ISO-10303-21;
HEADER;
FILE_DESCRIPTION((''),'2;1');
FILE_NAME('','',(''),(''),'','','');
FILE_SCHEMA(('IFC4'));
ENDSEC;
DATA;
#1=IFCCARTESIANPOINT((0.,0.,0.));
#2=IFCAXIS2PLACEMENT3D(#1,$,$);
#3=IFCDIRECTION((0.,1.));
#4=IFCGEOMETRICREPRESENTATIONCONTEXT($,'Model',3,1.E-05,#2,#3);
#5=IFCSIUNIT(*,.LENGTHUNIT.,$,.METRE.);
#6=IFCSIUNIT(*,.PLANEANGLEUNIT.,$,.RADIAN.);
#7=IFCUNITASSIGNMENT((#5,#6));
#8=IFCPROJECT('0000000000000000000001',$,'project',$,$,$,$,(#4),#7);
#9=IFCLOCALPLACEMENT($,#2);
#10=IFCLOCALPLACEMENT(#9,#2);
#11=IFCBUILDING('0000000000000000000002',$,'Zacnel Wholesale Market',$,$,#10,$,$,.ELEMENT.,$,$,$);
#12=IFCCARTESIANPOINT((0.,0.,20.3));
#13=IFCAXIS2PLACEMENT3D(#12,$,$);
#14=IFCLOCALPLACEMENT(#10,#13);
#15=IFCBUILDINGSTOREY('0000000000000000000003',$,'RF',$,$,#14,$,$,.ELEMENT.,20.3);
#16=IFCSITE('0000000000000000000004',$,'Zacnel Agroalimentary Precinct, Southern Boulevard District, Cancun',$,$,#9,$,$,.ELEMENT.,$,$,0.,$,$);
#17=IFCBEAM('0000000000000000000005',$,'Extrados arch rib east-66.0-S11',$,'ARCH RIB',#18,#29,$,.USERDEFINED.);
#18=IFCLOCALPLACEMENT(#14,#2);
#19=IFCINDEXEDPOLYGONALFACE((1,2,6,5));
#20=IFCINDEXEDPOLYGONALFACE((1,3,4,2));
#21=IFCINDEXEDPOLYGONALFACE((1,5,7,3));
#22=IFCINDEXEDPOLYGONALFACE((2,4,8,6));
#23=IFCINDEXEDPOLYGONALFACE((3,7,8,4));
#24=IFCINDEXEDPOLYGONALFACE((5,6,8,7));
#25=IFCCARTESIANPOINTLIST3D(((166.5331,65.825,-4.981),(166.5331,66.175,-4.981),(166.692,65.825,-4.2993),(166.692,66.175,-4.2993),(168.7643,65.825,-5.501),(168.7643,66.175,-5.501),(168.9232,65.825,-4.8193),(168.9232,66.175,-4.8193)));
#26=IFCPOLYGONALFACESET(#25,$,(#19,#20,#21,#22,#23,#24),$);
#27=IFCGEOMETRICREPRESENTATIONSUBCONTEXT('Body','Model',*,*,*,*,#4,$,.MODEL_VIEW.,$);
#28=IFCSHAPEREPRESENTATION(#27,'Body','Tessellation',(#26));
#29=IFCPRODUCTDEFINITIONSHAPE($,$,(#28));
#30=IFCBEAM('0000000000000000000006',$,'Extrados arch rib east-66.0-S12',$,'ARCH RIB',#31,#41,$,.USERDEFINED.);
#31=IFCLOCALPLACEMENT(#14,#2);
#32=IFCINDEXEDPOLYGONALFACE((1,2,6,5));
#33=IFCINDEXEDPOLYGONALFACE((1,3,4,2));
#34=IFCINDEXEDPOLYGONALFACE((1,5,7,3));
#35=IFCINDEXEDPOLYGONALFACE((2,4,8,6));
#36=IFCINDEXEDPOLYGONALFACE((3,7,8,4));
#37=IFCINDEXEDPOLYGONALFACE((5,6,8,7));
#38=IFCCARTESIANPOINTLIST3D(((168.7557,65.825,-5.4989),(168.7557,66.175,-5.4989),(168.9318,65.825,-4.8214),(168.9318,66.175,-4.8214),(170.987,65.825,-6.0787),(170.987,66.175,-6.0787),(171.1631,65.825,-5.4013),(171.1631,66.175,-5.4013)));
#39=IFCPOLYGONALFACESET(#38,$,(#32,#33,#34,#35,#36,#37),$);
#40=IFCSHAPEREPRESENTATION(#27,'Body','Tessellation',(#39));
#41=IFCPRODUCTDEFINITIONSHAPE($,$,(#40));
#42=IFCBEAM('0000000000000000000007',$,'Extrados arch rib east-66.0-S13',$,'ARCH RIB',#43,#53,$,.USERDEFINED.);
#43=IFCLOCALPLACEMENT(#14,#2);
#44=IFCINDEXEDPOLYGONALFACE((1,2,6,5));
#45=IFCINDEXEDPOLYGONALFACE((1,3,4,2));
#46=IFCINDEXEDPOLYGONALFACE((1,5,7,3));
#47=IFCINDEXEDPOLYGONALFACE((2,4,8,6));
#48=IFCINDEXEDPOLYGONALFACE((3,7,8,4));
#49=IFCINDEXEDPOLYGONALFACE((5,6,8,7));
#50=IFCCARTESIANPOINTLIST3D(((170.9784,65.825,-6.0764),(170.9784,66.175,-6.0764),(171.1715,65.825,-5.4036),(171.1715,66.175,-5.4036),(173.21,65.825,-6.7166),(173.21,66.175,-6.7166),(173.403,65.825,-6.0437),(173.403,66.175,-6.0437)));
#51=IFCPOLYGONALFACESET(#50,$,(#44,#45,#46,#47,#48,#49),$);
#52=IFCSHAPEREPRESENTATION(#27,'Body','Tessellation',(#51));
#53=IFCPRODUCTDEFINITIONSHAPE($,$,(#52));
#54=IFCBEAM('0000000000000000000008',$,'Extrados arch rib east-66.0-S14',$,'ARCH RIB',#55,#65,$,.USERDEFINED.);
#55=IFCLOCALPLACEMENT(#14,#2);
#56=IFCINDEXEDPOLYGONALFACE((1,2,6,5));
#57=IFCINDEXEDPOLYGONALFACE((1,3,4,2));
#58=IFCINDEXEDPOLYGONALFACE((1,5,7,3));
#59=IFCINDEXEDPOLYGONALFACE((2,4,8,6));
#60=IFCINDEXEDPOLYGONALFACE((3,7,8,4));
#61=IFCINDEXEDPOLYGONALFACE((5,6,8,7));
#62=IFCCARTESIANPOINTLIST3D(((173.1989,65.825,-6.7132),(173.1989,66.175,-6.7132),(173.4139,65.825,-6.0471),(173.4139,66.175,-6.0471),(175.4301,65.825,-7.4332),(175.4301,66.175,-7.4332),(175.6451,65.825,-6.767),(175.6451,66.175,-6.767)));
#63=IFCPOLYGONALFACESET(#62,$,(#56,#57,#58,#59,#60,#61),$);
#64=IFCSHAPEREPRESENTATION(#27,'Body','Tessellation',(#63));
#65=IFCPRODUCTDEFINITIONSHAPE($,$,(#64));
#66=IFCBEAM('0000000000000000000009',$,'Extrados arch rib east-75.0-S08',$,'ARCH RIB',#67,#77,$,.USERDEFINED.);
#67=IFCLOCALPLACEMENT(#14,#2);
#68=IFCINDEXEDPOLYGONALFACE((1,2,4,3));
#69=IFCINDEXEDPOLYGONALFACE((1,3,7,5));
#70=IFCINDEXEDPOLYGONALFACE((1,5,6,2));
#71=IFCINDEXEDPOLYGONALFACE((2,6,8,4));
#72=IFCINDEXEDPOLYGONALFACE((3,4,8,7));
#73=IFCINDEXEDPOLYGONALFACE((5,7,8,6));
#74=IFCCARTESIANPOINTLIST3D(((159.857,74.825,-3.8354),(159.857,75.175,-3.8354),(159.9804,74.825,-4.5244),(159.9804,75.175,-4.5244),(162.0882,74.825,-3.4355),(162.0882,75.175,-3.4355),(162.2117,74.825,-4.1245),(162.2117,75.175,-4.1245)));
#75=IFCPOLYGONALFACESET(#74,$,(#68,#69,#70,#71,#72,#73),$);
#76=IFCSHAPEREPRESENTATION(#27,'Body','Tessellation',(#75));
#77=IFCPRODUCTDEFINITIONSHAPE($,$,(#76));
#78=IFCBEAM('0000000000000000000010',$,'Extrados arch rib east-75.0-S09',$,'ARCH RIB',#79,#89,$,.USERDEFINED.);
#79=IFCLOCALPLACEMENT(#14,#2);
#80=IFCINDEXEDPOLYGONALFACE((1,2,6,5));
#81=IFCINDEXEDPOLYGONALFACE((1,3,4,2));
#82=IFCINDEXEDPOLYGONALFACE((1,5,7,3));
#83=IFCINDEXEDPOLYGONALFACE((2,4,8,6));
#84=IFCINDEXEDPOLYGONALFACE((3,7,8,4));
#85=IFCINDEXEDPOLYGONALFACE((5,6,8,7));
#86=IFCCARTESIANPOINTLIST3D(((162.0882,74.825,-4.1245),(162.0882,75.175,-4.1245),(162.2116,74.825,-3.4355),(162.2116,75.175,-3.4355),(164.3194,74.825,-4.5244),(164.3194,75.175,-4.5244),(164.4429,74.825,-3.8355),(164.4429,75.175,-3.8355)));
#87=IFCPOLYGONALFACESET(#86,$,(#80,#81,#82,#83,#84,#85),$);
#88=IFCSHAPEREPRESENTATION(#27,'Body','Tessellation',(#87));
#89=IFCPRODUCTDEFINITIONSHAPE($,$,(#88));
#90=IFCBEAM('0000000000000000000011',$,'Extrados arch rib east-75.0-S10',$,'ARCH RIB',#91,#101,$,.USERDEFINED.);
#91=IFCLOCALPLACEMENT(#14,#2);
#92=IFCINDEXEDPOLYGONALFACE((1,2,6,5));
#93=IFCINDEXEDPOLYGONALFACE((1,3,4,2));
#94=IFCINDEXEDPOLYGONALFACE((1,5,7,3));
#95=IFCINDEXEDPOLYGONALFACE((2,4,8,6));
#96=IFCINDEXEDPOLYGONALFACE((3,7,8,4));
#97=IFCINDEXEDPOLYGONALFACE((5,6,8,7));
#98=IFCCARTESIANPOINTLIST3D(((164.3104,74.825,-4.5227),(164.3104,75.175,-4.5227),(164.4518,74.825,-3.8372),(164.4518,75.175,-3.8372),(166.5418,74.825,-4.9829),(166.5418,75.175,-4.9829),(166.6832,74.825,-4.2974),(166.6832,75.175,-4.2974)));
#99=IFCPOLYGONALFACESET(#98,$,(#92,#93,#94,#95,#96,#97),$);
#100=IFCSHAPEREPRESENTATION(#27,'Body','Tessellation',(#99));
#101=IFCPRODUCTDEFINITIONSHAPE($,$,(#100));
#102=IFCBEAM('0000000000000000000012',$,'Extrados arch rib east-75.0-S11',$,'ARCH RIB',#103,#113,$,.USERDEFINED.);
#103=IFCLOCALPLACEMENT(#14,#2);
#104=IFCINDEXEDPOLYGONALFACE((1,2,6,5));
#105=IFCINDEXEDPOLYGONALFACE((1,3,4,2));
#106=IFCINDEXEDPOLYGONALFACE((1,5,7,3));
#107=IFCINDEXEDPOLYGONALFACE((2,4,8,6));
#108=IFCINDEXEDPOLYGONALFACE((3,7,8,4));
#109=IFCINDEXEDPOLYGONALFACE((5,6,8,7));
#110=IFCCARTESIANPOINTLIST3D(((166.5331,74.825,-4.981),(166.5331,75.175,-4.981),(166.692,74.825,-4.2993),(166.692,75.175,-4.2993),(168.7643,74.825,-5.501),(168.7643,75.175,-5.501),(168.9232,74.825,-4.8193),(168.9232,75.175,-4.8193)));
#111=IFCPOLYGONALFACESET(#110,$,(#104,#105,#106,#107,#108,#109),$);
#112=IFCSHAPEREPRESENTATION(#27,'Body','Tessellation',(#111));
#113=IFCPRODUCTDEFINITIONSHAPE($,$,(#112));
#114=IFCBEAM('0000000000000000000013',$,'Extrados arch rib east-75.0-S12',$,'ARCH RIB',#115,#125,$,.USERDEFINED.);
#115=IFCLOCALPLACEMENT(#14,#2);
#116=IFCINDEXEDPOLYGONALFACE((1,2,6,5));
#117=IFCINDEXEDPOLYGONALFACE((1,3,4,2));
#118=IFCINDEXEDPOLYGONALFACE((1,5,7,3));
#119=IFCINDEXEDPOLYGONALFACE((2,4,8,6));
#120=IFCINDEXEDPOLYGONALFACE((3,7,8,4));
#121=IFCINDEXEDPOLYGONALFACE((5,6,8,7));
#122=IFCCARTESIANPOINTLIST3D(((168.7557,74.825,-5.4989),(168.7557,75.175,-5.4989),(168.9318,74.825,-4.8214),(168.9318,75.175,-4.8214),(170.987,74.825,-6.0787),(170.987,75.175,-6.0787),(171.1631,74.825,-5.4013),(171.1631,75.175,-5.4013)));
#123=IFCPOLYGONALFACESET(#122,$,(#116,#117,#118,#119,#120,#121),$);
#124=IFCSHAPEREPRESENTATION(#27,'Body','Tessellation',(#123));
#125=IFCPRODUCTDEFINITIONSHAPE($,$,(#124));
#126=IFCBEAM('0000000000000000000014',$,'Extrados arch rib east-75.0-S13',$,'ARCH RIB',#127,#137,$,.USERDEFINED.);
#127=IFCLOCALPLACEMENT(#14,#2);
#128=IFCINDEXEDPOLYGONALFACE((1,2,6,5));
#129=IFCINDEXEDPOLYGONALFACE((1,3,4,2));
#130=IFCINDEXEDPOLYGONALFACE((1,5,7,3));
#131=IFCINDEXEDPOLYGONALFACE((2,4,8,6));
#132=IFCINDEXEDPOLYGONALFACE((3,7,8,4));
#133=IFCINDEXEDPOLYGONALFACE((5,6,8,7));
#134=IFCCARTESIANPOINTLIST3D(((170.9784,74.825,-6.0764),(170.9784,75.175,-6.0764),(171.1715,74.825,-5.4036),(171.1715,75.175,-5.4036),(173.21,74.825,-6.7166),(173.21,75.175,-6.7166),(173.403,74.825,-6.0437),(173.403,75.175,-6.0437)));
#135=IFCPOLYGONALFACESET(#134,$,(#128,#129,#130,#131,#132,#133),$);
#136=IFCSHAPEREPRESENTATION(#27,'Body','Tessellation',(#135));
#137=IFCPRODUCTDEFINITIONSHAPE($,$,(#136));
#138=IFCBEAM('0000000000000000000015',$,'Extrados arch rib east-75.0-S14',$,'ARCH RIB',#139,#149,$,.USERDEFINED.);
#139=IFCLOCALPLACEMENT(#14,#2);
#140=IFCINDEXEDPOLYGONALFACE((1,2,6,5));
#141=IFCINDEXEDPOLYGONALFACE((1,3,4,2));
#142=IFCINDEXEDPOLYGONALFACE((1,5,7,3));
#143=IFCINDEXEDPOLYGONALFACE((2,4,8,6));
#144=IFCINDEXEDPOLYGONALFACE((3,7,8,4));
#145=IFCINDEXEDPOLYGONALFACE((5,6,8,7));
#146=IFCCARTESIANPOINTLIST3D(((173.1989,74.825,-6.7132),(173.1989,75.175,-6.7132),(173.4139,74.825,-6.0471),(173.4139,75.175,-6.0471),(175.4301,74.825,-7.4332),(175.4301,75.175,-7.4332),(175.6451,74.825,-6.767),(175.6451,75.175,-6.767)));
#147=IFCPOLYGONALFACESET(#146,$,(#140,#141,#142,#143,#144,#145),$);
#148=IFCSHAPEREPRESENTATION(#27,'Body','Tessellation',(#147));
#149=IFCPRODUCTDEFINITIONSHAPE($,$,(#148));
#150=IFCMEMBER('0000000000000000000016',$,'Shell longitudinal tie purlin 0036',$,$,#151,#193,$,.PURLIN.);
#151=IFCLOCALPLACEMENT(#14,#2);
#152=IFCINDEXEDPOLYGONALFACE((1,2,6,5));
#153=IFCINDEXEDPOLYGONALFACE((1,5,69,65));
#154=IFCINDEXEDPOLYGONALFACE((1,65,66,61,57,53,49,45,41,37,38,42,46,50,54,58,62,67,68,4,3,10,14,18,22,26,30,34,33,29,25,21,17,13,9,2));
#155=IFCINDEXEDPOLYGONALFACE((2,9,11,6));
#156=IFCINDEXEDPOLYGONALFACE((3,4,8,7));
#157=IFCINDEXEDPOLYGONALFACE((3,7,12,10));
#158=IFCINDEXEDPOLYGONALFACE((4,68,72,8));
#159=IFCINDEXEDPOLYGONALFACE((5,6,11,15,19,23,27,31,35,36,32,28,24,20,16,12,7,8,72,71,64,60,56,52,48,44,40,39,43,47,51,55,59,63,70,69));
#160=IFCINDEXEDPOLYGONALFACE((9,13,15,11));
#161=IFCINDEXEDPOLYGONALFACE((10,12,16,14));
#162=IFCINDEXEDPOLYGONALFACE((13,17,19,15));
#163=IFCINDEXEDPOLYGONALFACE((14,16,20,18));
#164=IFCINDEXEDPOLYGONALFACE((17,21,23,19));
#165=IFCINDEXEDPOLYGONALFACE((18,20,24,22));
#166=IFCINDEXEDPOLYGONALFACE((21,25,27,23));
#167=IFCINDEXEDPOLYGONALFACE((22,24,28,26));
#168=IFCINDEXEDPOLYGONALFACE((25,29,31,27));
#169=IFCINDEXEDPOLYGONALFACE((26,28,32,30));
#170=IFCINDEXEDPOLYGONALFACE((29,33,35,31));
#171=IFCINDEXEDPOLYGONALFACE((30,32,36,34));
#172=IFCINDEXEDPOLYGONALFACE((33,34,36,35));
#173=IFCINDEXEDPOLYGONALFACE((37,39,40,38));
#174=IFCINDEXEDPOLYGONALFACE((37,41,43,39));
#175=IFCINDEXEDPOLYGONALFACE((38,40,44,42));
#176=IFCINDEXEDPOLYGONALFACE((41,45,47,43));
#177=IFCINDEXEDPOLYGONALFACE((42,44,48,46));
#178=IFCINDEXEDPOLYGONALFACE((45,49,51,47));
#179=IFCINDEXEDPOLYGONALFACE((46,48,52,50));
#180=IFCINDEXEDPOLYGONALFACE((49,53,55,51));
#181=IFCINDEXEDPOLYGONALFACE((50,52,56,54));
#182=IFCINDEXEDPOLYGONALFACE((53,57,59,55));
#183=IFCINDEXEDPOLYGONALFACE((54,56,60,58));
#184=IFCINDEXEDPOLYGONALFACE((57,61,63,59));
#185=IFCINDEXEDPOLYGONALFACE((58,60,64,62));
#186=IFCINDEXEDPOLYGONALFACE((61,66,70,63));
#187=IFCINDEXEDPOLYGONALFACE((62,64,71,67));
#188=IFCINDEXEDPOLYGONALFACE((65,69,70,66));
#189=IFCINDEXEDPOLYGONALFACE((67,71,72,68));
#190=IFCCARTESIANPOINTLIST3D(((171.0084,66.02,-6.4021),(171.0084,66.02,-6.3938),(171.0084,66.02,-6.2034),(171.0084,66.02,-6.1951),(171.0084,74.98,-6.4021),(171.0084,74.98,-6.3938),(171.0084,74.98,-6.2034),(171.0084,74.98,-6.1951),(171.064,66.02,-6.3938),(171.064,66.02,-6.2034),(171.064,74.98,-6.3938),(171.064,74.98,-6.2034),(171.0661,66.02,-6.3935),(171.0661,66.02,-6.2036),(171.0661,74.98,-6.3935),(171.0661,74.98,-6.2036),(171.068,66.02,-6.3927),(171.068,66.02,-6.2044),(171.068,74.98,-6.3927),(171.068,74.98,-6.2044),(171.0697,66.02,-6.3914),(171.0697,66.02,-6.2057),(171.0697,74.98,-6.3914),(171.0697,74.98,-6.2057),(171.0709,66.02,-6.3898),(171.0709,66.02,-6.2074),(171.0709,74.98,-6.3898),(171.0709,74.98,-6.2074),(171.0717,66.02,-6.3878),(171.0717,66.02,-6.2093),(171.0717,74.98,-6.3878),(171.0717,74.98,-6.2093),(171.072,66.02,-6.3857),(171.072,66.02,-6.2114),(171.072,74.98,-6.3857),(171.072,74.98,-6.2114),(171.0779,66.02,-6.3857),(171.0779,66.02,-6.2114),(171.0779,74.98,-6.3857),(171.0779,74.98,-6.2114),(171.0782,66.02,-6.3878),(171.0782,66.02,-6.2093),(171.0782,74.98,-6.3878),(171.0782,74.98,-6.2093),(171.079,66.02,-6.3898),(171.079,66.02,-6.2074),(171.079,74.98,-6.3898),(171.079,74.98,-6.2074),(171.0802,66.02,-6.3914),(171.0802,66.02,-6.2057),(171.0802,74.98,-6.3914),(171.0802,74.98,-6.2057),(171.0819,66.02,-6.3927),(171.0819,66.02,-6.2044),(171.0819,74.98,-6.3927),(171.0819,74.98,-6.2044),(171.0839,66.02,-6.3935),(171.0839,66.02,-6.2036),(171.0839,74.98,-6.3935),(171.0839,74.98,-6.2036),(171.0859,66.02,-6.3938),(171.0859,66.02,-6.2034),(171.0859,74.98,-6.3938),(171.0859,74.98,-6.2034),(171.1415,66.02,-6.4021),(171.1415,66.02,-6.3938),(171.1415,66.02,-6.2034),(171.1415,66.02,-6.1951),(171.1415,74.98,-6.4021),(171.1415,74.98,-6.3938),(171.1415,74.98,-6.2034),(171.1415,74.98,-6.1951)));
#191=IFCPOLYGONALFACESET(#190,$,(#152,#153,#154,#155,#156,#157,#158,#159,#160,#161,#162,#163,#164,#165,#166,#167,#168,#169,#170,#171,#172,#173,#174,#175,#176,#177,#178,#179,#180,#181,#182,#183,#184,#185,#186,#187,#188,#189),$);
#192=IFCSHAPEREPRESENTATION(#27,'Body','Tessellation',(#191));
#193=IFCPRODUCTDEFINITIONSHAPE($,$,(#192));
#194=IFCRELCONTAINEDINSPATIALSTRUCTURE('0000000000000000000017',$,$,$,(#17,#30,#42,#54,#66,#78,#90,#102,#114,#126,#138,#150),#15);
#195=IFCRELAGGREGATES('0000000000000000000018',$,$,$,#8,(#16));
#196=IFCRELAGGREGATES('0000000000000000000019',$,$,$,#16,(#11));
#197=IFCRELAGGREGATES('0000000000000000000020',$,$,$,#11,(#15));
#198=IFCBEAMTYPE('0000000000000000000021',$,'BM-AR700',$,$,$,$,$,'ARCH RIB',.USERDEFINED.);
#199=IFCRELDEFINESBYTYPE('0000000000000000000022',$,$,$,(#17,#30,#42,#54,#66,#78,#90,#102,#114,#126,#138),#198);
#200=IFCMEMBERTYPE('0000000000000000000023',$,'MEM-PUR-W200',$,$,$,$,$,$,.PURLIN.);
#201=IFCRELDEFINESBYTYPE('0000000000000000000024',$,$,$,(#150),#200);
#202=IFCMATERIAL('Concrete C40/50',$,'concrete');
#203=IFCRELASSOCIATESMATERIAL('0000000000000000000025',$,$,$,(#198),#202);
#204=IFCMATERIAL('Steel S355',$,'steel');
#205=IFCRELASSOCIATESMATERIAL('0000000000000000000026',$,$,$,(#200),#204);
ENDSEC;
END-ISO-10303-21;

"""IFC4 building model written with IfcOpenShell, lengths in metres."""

from ifc_helpers import new_model, si_unit, direction, frame, origin, origin_2d, place, context, subcontext, project, spatial, rectangle, i_section, extrude, material, material_profile, profile_set, type_object, element, save


model = new_model("IFC4")

# Units and contexts
model_context = context("Model", 3, precision=1e-05, world=origin(), true_north=direction((0.0, 1.0)))
body_context = subcontext(model_context, "Body", "Model", "MODEL_VIEW")
ifc_project = project(units=[si_unit("LENGTHUNIT", "METRE"), si_unit("PLANEANGLEUNIT", "RADIAN")], contexts=[model_context])

# Site, building, storey
site_placement = place(None, origin())
site = spatial("IfcSite", under=ifc_project, at=site_placement, Name="Zacnel Agroalimentary Precinct, Southern Boulevard District, Cancun", CompositionType="ELEMENT", RefElevation=0.0)
building_placement = place(site_placement, origin())
building = spatial("IfcBuilding", under=site, at=building_placement, Name="Zacnel Wholesale Market", CompositionType="ELEMENT")
storey_placement = place(building_placement, frame((0.0, 0.0, 20.3)))
storey = spatial("IfcBuildingStorey", under=building, at=storey_placement, Name="RF", CompositionType="ELEMENT", Elevation=20.3)

# Beams
ifc_material_1 = material(Name="Concrete C40/50", Category="concrete")
ifc_material_profile_1 = material_profile(ifc_material_1, rectangle(XDim=0.3501, YDim=0.7, at=origin_2d()), Name="ARCH RIB 350x700")
ifc_profile_set_1 = profile_set([ifc_material_profile_1], Name="Concrete C40/50")
beam_type = type_object("IfcBeamType", Name="BM-AR700", ElementType="ARCH RIB", PredefinedType="USERDEFINED", material=ifc_profile_set_1)
beam_1_placement = place(storey_placement, frame((166.6125, 66.0, -4.6401), z_axis=(0.973899, 0.0, -0.226984), x_axis=(0.0, 1.0, 0.0)))
element("IfcBeam", 1, at=beam_1_placement, inside=storey, type_object=beam_type, Name="Extrados arch rib east-66.0-S11", ObjectType="ARCH RIB", PredefinedType="USERDEFINED", context=body_context, shape_type="SweptSolid", body=[
    extrude(rectangle(XDim=0.3501, YDim=0.7, at=origin_2d()), origin(), (0.0, 0.0, 1.0), 2.291),
])
beam_2_placement = place(storey_placement, frame((168.8438, 66.0, -5.1602), z_axis=(0.967852, 0.0, -0.251521), x_axis=(0.0, 1.0, 0.0)))
element("IfcBeam", 2, at=beam_2_placement, inside=storey, type_object=beam_type, Name="Extrados arch rib east-66.0-S12", ObjectType="ARCH RIB", PredefinedType="USERDEFINED", context=body_context, shape_type="SweptSolid", body=[
    extrude(rectangle(XDim=0.3501, YDim=0.7, at=origin_2d()), origin(), (0.0, 0.0, 1.0), 2.3054),
])
beam_3_placement = place(storey_placement, frame((171.075, 66.0, -5.74), z_axis=(0.96123, 0.0, -0.275749), x_axis=(0.0, 1.0, 0.0)))
element("IfcBeam", 3, at=beam_3_placement, inside=storey, type_object=beam_type, Name="Extrados arch rib east-66.0-S13", ObjectType="ARCH RIB", PredefinedType="USERDEFINED", context=body_context, shape_type="SweptSolid", body=[
    extrude(rectangle(XDim=0.3501, YDim=0.7, at=origin_2d()), origin(), (0.0, 0.0, 1.0), 2.3215),
])
beam_4_placement = place(storey_placement, frame((173.3064, 66.0, -6.3801), z_axis=(0.95168, 0.0, -0.307091), x_axis=(0.0, 1.0, 0.0)))
element("IfcBeam", 4, at=beam_4_placement, inside=storey, type_object=beam_type, Name="Extrados arch rib east-66.0-S14", ObjectType="ARCH RIB", PredefinedType="USERDEFINED", context=body_context, shape_type="SweptSolid", body=[
    extrude(rectangle(XDim=0.3501, YDim=0.7, at=origin_2d()), origin(), (0.0, 0.0, 1.0), 2.3445),
])
for number, where, z_axis, x_axis, name in (
    (5, (159.9187, 75.0, -4.1799), (0.984315, 0.0, 0.176421), (0.0, 1.0, 0.0), "Extrados arch rib east-75.0-S08"),
    (6, (162.1499, 75.0, -3.78), (0.984315, 0.0, -0.176421), (0.0, 1.0, 0.0), "Extrados arch rib east-75.0-S09"),
):
    element("IfcBeam", number, at=place(storey_placement, frame(where, z_axis=z_axis, x_axis=x_axis)), inside=storey, type_object=beam_type, Name=name, ObjectType="ARCH RIB", PredefinedType="USERDEFINED", context=body_context, shape_type="SweptSolid", body=[
        extrude(rectangle(XDim=0.3501, YDim=0.7, at=origin_2d()), origin(), (0.0, 0.0, 1.0), 2.2668),
    ])
beam_5_placement = place(storey_placement, frame((164.3811, 75.0, -4.1799), z_axis=(0.979389, 0.0, -0.201985), x_axis=(0.0, 1.0, 0.0)))
element("IfcBeam", 7, at=beam_5_placement, inside=storey, type_object=beam_type, Name="Extrados arch rib east-75.0-S10", ObjectType="ARCH RIB", PredefinedType="USERDEFINED", context=body_context, shape_type="SweptSolid", body=[
    extrude(rectangle(XDim=0.3501, YDim=0.7, at=origin_2d()), origin(), (0.0, 0.0, 1.0), 2.2783),
])
beam_6_placement = place(storey_placement, frame((166.6125, 75.0, -4.6401), z_axis=(0.973899, 0.0, -0.226984), x_axis=(0.0, 1.0, 0.0)))
element("IfcBeam", 8, at=beam_6_placement, inside=storey, type_object=beam_type, Name="Extrados arch rib east-75.0-S11", ObjectType="ARCH RIB", PredefinedType="USERDEFINED", context=body_context, shape_type="SweptSolid", body=[
    extrude(rectangle(XDim=0.3501, YDim=0.7, at=origin_2d()), origin(), (0.0, 0.0, 1.0), 2.291),
])
beam_7_placement = place(storey_placement, frame((168.8438, 75.0, -5.1602), z_axis=(0.967852, 0.0, -0.251521), x_axis=(0.0, 1.0, 0.0)))
element("IfcBeam", 9, at=beam_7_placement, inside=storey, type_object=beam_type, Name="Extrados arch rib east-75.0-S12", ObjectType="ARCH RIB", PredefinedType="USERDEFINED", context=body_context, shape_type="SweptSolid", body=[
    extrude(rectangle(XDim=0.3501, YDim=0.7, at=origin_2d()), origin(), (0.0, 0.0, 1.0), 2.3054),
])
beam_8_placement = place(storey_placement, frame((171.075, 75.0, -5.74), z_axis=(0.96123, 0.0, -0.275749), x_axis=(0.0, 1.0, 0.0)))
element("IfcBeam", 10, at=beam_8_placement, inside=storey, type_object=beam_type, Name="Extrados arch rib east-75.0-S13", ObjectType="ARCH RIB", PredefinedType="USERDEFINED", context=body_context, shape_type="SweptSolid", body=[
    extrude(rectangle(XDim=0.3501, YDim=0.7, at=origin_2d()), origin(), (0.0, 0.0, 1.0), 2.3215),
])
beam_9_placement = place(storey_placement, frame((173.3064, 75.0, -6.3801), z_axis=(0.95168, 0.0, -0.307091), x_axis=(0.0, 1.0, 0.0)))
element("IfcBeam", 11, at=beam_9_placement, inside=storey, type_object=beam_type, Name="Extrados arch rib east-75.0-S14", ObjectType="ARCH RIB", PredefinedType="USERDEFINED", context=body_context, shape_type="SweptSolid", body=[
    extrude(rectangle(XDim=0.3501, YDim=0.7, at=origin_2d()), origin(), (0.0, 0.0, 1.0), 2.3445),
])

# Member
ifc_material_2 = material(Name="Steel S355", Category="steel")
ifc_material_profile_2 = material_profile(ifc_material_2, i_section(OverallWidth=0.1331, OverallDepth=0.207, WebThickness=0.0059, FlangeThickness=0.0083, FilletRadius=0.0081, at=origin_2d()), Name="W200X26.6")
ifc_profile_set_2 = profile_set([ifc_material_profile_2], Name="Steel S355")
member_type_1 = type_object("IfcMemberType", Name="MEM-PUR-W200", PredefinedType="PURLIN", material=ifc_profile_set_2)
member_1_placement = place(storey_placement, frame((171.075, 66.02, -6.2986), z_axis=(0.0, 1.0, 0.0), x_axis=(-1.0, 0.0, 0.0)))
element("IfcMember", 12, at=member_1_placement, inside=storey, type_object=member_type_1, Name="Shell longitudinal tie purlin 0036", PredefinedType="PURLIN", context=body_context, shape_type="SweptSolid", body=[
    extrude(i_section(OverallWidth=0.1331, OverallDepth=0.207, WebThickness=0.0059, FlangeThickness=0.0083, FilletRadius=0.0081, at=origin_2d()), origin(), (0.0, 0.0, 1.0), 8.96),
])

save(model, "model.ifc")
